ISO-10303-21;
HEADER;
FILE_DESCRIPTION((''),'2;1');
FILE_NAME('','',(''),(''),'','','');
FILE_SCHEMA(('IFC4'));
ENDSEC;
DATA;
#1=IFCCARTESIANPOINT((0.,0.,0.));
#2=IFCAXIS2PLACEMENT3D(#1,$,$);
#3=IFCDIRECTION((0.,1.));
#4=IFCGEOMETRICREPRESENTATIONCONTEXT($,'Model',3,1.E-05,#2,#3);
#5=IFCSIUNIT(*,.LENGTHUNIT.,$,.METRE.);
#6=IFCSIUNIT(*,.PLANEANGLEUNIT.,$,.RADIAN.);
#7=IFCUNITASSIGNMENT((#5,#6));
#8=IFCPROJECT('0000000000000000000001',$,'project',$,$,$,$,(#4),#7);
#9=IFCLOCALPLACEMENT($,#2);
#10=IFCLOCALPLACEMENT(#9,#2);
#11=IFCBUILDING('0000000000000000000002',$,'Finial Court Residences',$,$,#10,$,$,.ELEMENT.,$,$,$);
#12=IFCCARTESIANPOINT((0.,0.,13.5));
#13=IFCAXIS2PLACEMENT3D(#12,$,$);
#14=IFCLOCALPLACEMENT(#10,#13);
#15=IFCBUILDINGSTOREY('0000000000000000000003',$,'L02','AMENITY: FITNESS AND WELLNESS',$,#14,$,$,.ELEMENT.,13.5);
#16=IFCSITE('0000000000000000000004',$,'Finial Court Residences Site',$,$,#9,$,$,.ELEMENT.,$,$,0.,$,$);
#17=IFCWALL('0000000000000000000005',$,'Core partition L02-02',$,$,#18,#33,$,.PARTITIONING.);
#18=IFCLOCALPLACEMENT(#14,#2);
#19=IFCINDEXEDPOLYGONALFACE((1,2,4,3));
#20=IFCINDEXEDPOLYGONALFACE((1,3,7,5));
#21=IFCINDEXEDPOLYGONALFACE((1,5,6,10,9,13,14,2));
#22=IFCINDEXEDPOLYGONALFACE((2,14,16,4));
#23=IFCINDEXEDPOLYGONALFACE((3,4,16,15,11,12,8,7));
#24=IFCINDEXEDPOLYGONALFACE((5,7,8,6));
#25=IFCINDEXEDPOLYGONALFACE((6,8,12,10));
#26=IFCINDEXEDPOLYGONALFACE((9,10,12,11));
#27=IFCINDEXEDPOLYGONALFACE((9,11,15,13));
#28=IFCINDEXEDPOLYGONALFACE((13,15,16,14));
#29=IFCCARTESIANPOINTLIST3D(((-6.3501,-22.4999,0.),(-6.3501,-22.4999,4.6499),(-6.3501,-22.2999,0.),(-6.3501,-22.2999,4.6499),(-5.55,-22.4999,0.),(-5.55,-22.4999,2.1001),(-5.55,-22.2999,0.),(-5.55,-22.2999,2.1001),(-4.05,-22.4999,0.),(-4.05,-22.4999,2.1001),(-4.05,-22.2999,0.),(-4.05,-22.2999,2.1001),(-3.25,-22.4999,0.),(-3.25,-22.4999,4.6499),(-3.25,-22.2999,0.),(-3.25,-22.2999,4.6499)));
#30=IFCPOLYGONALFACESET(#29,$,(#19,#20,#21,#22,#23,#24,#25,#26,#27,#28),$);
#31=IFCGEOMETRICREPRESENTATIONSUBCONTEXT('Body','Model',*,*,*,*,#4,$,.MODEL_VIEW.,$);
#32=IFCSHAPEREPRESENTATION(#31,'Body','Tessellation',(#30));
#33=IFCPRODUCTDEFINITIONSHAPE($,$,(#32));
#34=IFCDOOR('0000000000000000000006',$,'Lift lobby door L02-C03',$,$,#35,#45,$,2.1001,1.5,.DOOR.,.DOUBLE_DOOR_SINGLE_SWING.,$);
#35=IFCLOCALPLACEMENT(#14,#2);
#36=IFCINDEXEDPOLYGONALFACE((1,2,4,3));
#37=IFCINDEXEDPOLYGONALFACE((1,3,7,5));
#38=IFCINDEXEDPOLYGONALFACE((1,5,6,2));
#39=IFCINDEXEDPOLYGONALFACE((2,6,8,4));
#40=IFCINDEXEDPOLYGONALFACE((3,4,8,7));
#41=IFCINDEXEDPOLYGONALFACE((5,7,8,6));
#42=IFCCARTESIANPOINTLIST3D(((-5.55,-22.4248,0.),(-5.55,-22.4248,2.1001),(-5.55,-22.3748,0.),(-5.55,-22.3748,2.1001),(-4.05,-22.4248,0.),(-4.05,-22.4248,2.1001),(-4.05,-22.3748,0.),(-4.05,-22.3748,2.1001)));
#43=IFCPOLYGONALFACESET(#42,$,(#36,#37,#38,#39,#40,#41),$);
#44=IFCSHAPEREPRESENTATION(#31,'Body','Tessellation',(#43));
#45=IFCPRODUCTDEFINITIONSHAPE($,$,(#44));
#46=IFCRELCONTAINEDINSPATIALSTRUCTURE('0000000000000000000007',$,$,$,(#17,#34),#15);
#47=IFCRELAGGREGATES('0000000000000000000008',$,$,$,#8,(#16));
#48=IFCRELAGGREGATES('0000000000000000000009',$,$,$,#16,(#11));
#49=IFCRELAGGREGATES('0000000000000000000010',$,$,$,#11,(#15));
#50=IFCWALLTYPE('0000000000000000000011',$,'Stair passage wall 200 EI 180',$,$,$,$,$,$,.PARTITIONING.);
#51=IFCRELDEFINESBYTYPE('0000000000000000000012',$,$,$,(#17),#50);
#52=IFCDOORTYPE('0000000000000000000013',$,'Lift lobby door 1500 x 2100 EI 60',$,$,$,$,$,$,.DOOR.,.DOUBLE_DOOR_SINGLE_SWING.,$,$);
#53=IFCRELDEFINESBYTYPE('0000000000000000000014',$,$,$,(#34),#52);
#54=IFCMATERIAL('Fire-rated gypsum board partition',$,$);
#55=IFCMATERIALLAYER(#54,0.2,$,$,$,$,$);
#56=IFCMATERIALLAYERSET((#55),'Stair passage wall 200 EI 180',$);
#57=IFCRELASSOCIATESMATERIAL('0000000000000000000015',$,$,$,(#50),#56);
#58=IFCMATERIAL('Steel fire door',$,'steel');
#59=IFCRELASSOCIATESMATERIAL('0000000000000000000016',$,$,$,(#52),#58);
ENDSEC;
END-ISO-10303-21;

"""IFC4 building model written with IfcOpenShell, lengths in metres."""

from ifc_helpers import new_model, si_unit, direction, frame, frame_2d, origin, place, context, subcontext, project, spatial, rectangle, extrude, material, layer, layer_set, type_object, element, fill, save


model = new_model("IFC4")

# Units and contexts
model_context = context("Model", 3, precision=1e-05, world=origin(), true_north=direction((0.0, 1.0)))
body_context = subcontext(model_context, "Body", "Model", "MODEL_VIEW")
ifc_project = project(units=[si_unit("LENGTHUNIT", "METRE"), si_unit("PLANEANGLEUNIT", "RADIAN")], contexts=[model_context])

# Site, building, storey
site_placement = place(None, origin())
site = spatial("IfcSite", under=ifc_project, at=site_placement, Name="Finial Court Residences Site", CompositionType="ELEMENT", RefElevation=0.0)
building_placement = place(site_placement, origin())
building = spatial("IfcBuilding", under=site, at=building_placement, Name="Finial Court Residences", CompositionType="ELEMENT")
storey_placement = place(building_placement, frame((0.0, 0.0, 13.5)))
storey = spatial("IfcBuildingStorey", under=building, at=storey_placement, Name="L02", Description="AMENITY: FITNESS AND WELLNESS", CompositionType="ELEMENT", Elevation=13.5)

# Shared definitions
ifc_material_1 = material(Name="Fire-rated gypsum board partition")
ifc_material_2 = material(Name="Steel fire door", Category="steel")

# Wall, opening, door
ifc_layer_1 = layer(ifc_material_1, 0.2)
ifc_layer_set_1 = layer_set([ifc_layer_1], Name="Stair passage wall 200 EI 180")
wall_type_1 = type_object("IfcWallType", Name="Stair passage wall 200 EI 180", PredefinedType="PARTITIONING", material=ifc_layer_set_1)
wall_1_placement = place(storey_placement, frame((-3.25, -22.3999, 0.0), z_axis=(0.0, 0.0, 1.0), x_axis=(-1.0, 0.0, 0.0)))
wall_1 = element("IfcWall", 1, at=wall_1_placement, inside=storey, type_object=wall_type_1, Name="Core partition L02-02", PredefinedType="PARTITIONING", context=body_context, shape_type="SweptSolid", body=[
    extrude(rectangle(XDim=3.1001, YDim=0.2, at=frame_2d((1.55, 0.0))), origin(), (0.0, 0.0, 1.0), 4.6499),
])
opening_1_placement = place(wall_1_placement, frame((0.8, 0.0, 0.0)))
opening_1 = element("IfcOpeningElement", 2, at=opening_1_placement, cuts=wall_1, PredefinedType="OPENING", context=body_context, shape_type="SweptSolid", body=[
    extrude(rectangle(XDim=1.5, YDim=2.1001, at=frame_2d((0.75, 1.05))), frame((0.0, 0.1099, 0.0), z_axis=(0.0, -1.0, 0.0), x_axis=(1.0, 0.0, 0.0)), (0.0, 0.0, 1.0), 0.22),
])
door_type_1 = type_object("IfcDoorType", Name="Lift lobby door 1500 x 2100 EI 60", OperationType="DOUBLE_DOOR_SINGLE_SWING", PredefinedType="DOOR", material=ifc_material_2)
door_1_placement = place(opening_1_placement, origin())
door_1 = element("IfcDoor", 3, at=door_1_placement, inside=storey, type_object=door_type_1, Name="Lift lobby door L02-C03", OperationType="DOUBLE_DOOR_SINGLE_SWING", OverallHeight=2.1001, OverallWidth=1.5, PredefinedType="DOOR", context=body_context, shape_type="SweptSolid", body=[
    extrude(rectangle(XDim=1.5, YDim=2.1001, at=frame_2d((0.75, 1.05))), frame((0.0, 0.0249, 0.0), z_axis=(0.0, -1.0, 0.0), x_axis=(1.0, 0.0, 0.0)), (0.0, 0.0, 1.0), 0.05),
])
fill(opening_1, door_1)

save(model, "model.ifc")
